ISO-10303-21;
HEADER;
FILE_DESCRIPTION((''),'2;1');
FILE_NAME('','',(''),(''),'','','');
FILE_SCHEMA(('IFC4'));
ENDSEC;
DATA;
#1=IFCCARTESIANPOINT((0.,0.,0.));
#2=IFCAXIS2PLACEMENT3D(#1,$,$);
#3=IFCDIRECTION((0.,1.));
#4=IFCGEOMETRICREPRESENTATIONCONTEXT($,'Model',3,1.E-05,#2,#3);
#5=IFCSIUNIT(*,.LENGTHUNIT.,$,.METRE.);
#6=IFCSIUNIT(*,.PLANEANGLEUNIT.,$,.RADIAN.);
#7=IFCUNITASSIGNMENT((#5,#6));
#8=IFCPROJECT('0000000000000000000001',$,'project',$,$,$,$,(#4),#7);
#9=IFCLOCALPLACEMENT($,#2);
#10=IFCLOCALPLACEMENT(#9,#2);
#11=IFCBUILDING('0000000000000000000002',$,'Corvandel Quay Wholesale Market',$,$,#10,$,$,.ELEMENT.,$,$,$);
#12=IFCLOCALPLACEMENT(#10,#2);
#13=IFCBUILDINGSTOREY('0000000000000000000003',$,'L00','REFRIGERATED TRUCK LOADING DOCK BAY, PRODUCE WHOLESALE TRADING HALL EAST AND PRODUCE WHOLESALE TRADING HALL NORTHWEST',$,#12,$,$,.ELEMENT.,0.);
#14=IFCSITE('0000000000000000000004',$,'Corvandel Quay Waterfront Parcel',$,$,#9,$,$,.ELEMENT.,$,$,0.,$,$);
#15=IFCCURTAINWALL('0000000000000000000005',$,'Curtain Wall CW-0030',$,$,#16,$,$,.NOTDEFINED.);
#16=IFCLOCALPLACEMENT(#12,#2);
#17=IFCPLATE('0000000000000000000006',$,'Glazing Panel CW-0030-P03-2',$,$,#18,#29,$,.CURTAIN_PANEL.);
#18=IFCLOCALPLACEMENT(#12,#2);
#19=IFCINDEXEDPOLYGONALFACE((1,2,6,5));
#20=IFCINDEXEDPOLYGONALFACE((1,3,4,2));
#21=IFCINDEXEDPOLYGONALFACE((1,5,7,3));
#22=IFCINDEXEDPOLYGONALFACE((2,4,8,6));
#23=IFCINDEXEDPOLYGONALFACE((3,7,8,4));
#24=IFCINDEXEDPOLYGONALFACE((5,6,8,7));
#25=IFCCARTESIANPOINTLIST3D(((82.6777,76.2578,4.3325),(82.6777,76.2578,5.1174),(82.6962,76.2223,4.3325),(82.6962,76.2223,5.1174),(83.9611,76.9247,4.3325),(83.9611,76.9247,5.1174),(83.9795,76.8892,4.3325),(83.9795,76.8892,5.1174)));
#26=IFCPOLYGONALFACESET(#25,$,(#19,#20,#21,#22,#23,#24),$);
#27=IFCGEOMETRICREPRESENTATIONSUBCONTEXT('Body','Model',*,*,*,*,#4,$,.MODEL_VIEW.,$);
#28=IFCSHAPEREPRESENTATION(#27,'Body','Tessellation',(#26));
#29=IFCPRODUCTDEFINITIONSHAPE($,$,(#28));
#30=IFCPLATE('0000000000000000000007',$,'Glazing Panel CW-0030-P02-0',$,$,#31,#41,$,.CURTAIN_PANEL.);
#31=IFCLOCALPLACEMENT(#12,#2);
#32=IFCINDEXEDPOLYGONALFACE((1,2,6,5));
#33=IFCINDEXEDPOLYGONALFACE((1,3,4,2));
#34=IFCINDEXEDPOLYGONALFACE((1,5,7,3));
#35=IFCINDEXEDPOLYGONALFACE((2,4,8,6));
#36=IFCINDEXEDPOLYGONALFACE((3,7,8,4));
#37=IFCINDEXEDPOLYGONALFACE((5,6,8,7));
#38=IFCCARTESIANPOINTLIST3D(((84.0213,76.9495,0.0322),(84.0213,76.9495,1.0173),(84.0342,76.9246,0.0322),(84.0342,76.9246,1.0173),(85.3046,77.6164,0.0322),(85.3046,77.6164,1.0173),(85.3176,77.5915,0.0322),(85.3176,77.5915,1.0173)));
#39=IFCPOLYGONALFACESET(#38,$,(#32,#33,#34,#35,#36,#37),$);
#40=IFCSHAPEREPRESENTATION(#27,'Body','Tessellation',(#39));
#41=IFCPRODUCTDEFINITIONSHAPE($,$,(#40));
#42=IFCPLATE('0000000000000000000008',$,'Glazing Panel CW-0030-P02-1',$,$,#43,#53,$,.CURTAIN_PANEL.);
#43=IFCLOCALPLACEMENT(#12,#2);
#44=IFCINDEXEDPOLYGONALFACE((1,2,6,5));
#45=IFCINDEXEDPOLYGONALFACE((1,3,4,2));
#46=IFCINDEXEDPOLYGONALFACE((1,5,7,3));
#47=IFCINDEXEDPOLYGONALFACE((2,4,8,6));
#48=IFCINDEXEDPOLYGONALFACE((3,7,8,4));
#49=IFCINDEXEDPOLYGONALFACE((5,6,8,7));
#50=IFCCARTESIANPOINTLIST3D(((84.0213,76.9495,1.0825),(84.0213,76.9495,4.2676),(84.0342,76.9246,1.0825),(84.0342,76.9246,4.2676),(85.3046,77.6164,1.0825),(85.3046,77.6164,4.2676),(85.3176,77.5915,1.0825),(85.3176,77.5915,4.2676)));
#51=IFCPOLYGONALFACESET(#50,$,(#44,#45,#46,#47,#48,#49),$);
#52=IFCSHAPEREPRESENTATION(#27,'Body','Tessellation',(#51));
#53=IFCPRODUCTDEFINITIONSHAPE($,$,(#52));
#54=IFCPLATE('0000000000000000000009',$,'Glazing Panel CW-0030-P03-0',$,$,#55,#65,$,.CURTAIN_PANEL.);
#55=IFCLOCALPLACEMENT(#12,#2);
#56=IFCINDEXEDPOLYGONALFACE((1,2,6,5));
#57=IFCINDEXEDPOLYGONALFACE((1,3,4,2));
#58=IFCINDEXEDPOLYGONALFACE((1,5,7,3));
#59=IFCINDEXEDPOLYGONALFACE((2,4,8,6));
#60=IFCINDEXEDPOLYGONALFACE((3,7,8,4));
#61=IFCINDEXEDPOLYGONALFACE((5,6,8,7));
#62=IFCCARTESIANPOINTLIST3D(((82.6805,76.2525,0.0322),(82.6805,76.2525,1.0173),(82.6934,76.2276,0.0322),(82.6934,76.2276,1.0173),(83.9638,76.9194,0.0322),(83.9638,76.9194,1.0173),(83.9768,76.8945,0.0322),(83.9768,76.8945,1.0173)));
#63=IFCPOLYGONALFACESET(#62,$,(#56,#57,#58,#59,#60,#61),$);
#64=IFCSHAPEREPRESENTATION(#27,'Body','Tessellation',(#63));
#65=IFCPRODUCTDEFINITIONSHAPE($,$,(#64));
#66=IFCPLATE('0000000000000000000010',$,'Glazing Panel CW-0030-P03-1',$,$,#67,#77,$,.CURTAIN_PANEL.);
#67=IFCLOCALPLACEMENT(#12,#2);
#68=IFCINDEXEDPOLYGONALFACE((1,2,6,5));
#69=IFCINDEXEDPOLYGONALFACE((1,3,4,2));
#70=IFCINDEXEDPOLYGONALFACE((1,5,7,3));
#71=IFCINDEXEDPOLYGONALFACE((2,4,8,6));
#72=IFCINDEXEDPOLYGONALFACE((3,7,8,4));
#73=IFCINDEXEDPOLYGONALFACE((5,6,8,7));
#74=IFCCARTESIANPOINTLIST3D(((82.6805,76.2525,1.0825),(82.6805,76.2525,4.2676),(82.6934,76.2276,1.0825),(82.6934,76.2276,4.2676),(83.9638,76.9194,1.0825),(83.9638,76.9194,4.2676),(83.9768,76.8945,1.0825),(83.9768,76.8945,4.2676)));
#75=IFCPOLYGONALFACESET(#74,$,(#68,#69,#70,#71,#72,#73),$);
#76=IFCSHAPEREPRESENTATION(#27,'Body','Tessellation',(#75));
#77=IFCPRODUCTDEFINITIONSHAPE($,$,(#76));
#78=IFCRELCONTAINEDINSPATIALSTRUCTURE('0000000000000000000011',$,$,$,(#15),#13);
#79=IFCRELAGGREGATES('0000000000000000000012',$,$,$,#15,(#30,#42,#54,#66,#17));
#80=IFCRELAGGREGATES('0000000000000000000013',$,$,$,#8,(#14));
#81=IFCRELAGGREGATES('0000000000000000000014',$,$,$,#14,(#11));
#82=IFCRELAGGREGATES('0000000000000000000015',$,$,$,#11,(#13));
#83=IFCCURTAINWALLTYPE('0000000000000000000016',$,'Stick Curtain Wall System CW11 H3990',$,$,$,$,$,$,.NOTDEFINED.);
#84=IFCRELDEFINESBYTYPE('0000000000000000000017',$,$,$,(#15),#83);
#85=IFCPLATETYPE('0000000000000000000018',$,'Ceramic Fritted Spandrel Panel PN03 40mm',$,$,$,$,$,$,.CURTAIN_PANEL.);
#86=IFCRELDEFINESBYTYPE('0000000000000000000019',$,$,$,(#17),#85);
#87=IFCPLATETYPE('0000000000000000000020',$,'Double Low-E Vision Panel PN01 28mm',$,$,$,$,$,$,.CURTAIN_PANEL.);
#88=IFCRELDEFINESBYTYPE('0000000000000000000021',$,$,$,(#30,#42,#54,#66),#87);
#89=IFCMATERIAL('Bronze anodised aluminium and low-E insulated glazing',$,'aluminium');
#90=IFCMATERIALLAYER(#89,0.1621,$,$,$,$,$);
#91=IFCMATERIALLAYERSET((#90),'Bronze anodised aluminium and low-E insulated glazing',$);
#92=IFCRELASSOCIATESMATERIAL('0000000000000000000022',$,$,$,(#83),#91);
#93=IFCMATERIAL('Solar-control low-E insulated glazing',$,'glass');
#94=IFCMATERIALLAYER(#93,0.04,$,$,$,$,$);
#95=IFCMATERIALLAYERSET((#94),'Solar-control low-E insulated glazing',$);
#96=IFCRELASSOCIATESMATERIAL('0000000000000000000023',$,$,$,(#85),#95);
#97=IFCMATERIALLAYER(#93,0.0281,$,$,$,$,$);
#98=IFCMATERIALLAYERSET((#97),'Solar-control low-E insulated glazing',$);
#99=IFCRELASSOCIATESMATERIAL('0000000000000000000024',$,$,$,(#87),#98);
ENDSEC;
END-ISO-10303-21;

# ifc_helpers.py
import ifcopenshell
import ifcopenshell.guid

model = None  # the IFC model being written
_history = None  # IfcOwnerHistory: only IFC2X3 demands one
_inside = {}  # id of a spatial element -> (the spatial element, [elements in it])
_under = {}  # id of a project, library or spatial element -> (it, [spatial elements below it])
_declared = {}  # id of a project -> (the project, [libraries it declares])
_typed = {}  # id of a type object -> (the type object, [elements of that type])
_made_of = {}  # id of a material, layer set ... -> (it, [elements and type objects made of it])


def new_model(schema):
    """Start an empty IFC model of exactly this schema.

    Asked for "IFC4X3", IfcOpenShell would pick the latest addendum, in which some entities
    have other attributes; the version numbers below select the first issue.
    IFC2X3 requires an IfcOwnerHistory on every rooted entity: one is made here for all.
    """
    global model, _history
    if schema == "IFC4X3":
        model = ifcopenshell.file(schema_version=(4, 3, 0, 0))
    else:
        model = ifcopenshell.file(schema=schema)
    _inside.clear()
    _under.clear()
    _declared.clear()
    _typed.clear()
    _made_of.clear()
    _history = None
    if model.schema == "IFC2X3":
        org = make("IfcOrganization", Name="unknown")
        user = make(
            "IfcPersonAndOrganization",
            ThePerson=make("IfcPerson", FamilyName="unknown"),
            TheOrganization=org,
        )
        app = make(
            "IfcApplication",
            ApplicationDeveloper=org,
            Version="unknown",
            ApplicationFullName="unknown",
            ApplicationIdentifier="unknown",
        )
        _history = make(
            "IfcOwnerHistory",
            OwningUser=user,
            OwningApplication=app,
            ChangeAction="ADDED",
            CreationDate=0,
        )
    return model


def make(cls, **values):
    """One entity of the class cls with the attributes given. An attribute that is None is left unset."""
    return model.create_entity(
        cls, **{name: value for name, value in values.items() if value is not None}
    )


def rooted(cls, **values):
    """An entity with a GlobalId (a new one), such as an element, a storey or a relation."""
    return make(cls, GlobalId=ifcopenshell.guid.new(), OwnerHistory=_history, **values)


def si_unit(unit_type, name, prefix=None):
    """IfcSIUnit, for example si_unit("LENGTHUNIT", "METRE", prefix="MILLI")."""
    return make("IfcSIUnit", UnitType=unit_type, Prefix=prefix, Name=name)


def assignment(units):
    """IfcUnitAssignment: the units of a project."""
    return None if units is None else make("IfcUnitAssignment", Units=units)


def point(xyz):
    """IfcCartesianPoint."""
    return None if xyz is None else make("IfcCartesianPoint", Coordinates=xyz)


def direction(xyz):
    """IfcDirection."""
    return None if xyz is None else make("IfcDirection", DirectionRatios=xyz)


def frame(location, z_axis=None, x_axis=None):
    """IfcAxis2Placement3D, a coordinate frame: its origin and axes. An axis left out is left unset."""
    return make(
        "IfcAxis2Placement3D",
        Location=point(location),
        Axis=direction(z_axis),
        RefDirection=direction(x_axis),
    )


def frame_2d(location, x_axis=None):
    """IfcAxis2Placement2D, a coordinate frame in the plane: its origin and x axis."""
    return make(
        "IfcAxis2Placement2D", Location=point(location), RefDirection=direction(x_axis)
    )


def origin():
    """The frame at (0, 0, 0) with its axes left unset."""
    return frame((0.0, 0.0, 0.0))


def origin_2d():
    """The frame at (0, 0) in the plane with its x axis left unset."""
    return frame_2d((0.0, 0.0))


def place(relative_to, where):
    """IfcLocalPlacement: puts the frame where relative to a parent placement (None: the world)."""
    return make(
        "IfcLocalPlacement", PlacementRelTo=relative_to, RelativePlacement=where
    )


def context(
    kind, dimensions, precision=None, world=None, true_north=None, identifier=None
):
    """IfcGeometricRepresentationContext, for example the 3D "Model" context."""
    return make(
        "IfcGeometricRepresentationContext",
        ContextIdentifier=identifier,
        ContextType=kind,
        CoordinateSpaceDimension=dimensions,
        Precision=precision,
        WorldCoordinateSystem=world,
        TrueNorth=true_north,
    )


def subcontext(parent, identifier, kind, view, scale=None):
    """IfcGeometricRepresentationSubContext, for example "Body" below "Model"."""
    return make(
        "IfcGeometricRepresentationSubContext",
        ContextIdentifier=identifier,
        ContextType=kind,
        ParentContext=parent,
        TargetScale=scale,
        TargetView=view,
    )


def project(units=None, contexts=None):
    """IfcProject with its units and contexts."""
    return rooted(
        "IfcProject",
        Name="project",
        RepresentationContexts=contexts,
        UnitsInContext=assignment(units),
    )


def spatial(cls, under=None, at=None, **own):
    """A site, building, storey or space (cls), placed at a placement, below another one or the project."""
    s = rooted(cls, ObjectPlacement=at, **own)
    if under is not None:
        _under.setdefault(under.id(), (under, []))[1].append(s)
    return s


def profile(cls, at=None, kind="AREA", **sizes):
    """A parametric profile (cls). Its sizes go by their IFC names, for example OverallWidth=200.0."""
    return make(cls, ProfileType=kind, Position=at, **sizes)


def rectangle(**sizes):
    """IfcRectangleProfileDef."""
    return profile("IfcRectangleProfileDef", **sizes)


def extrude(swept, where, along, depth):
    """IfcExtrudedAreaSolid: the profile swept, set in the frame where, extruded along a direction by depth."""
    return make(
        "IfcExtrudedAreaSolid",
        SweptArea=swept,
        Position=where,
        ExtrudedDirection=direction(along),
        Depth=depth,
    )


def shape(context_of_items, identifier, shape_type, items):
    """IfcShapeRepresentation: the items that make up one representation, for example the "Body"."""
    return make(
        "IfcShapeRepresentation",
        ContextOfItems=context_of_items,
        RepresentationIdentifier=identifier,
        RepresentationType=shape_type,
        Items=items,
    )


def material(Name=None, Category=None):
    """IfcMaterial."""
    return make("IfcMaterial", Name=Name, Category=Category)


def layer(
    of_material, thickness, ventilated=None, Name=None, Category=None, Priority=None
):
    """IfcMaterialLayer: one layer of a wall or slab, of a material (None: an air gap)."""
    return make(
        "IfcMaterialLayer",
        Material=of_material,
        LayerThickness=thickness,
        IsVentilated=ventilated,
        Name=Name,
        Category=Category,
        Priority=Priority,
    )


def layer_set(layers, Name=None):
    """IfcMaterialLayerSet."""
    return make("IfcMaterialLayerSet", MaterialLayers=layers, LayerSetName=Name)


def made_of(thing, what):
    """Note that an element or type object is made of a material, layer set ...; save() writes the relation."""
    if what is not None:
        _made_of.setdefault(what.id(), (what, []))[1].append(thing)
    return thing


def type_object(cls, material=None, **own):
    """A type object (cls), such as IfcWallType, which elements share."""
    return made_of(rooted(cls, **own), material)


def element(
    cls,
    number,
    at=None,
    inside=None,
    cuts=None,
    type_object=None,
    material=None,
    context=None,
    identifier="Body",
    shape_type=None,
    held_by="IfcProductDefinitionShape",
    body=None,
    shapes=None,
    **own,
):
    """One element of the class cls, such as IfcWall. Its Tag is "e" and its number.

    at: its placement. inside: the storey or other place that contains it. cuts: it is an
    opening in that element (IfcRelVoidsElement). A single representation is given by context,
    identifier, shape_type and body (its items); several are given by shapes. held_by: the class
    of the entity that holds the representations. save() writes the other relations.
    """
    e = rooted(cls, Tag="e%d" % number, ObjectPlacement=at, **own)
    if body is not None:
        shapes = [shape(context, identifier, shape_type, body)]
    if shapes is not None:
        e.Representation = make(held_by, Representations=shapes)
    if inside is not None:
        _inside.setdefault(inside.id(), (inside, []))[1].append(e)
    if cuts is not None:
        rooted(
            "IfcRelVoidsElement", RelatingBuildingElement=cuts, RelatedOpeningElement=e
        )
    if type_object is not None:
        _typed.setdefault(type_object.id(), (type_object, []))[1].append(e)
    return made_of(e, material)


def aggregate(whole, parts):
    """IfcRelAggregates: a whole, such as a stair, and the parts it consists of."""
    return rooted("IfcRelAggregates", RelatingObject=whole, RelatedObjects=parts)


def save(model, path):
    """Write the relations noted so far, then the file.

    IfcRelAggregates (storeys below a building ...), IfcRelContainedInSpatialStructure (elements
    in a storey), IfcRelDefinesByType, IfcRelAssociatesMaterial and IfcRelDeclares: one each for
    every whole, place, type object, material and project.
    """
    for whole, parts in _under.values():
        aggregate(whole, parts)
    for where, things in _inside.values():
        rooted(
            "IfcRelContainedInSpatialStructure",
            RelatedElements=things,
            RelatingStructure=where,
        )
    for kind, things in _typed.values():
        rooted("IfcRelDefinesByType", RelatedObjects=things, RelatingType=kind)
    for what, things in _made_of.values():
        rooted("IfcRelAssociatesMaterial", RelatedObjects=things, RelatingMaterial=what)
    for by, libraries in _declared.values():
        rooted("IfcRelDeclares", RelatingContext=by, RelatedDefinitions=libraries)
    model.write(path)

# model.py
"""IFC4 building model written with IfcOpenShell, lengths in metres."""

from ifc_helpers import new_model, si_unit, direction, frame, origin, origin_2d, place, context, subcontext, project, spatial, rectangle, extrude, material, layer, layer_set, type_object, element, aggregate, save


model = new_model("IFC4")

# Units and contexts
model_context = context("Model", 3, precision=1e-05, world=origin(), true_north=direction((0.0, 1.0)))
body_context = subcontext(model_context, "Body", "Model", "MODEL_VIEW")
ifc_project = project(units=[si_unit("LENGTHUNIT", "METRE"), si_unit("PLANEANGLEUNIT", "RADIAN")], contexts=[model_context])

# Site, building, storey
site_placement = place(None, origin())
site = spatial("IfcSite", under=ifc_project, at=site_placement, Name="Corvandel Quay Waterfront Parcel", CompositionType="ELEMENT", RefElevation=0.0)
building_placement = place(site_placement, origin())
building = spatial("IfcBuilding", under=site, at=building_placement, Name="Corvandel Quay Wholesale Market", CompositionType="ELEMENT")
storey_placement = place(building_placement, origin())
storey = spatial("IfcBuildingStorey", under=building, at=storey_placement, Name="L00", Description="REFRIGERATED TRUCK LOADING DOCK BAY, PRODUCE WHOLESALE TRADING HALL EAST AND PRODUCE WHOLESALE TRADING HALL NORTHWEST", CompositionType="ELEMENT", Elevation=0.0)

# Curtain wall, plates
ifc_material_1 = material(Name="Bronze anodised aluminium and low-E insulated glazing", Category="aluminium")
ifc_layer_1 = layer(ifc_material_1, 0.1621)
ifc_layer_set_1 = layer_set([ifc_layer_1], Name="Bronze anodised aluminium and low-E insulated glazing")
curtain_wall_type = type_object("IfcCurtainWallType", Name="Stick Curtain Wall System CW11 H3990", PredefinedType="NOTDEFINED", material=ifc_layer_set_1)
curtain_wall_placement = place(storey_placement, origin())
curtain_wall = element("IfcCurtainWall", 1, at=curtain_wall_placement, inside=storey, type_object=curtain_wall_type, Name="Curtain Wall CW-0030", PredefinedType="NOTDEFINED")
ifc_material_2 = material(Name="Solar-control low-E insulated glazing", Category="glass")
ifc_layer_2 = layer(ifc_material_2, 0.04)
ifc_layer_set_2 = layer_set([ifc_layer_2], Name="Solar-control low-E insulated glazing")
plate_type_1 = type_object("IfcPlateType", Name="Ceramic Fritted Spandrel Panel PN03 40mm", PredefinedType="CURTAIN_PANEL", material=ifc_layer_set_2)
plate_1_placement = place(storey_placement, frame((83.3286, 76.5735, 4.3325), z_axis=(0.0, 0.0, 1.0), x_axis=(0.887333, 0.461129, 0.0)))
plate_1 = element("IfcPlate", 2, at=plate_1_placement, type_object=plate_type_1, Name="Glazing Panel CW-0030-P03-2", PredefinedType="CURTAIN_PANEL", context=body_context, shape_type="SweptSolid", body=[
    extrude(rectangle(XDim=1.4463, YDim=0.04, at=origin_2d()), origin(), (0.0, 0.0, 1.0), 0.7849),
])
ifc_layer_3 = layer(ifc_material_2, 0.0281)
ifc_layer_set_3 = layer_set([ifc_layer_3], Name="Solar-control low-E insulated glazing")
plate_type_2 = type_object("IfcPlateType", Name="Double Low-E Vision Panel PN01 28mm", PredefinedType="CURTAIN_PANEL", material=ifc_layer_set_3)
plate_2_placement = place(storey_placement, frame((84.6694, 77.2705, 0.0322), z_axis=(0.0, 0.0, 1.0), x_axis=(0.887333, 0.461129, 0.0)))
plate_2 = element("IfcPlate", 3, at=plate_2_placement, type_object=plate_type_2, Name="Glazing Panel CW-0030-P02-0", PredefinedType="CURTAIN_PANEL", context=body_context, shape_type="SweptSolid", body=[
    extrude(rectangle(XDim=1.4463, YDim=0.0281, at=origin_2d()), origin(), (0.0, 0.0, 1.0), 0.9851),
])
plate_3_placement = place(storey_placement, frame((84.6694, 77.2705, 1.0825), z_axis=(0.0, 0.0, 1.0), x_axis=(0.887333, 0.461129, 0.0)))
plate_3 = element("IfcPlate", 4, at=plate_3_placement, type_object=plate_type_2, Name="Glazing Panel CW-0030-P02-1", PredefinedType="CURTAIN_PANEL", context=body_context, shape_type="SweptSolid", body=[
    extrude(rectangle(XDim=1.4463, YDim=0.0281, at=origin_2d()), origin(), (0.0, 0.0, 1.0), 3.1851),
])
plate_4_placement = place(storey_placement, frame((83.3286, 76.5735, 0.0322), z_axis=(0.0, 0.0, 1.0), x_axis=(0.887333, 0.461129, 0.0)))
plate_4 = element("IfcPlate", 5, at=plate_4_placement, type_object=plate_type_2, Name="Glazing Panel CW-0030-P03-0", PredefinedType="CURTAIN_PANEL", context=body_context, shape_type="SweptSolid", body=[
    extrude(rectangle(XDim=1.4463, YDim=0.0281, at=origin_2d()), origin(), (0.0, 0.0, 1.0), 0.9851),
])
plate_5_placement = place(storey_placement, frame((83.3286, 76.5735, 1.0825), z_axis=(0.0, 0.0, 1.0), x_axis=(0.887333, 0.461129, 0.0)))
plate_5 = element("IfcPlate", 6, at=plate_5_placement, type_object=plate_type_2, Name="Glazing Panel CW-0030-P03-1", PredefinedType="CURTAIN_PANEL", context=body_context, shape_type="SweptSolid", body=[
    extrude(rectangle(XDim=1.4463, YDim=0.0281, at=origin_2d()), origin(), (0.0, 0.0, 1.0), 3.1851),
])
aggregate(curtain_wall, [plate_2, plate_3, plate_4, plate_5, plate_1])

save(model, "model.ifc")
